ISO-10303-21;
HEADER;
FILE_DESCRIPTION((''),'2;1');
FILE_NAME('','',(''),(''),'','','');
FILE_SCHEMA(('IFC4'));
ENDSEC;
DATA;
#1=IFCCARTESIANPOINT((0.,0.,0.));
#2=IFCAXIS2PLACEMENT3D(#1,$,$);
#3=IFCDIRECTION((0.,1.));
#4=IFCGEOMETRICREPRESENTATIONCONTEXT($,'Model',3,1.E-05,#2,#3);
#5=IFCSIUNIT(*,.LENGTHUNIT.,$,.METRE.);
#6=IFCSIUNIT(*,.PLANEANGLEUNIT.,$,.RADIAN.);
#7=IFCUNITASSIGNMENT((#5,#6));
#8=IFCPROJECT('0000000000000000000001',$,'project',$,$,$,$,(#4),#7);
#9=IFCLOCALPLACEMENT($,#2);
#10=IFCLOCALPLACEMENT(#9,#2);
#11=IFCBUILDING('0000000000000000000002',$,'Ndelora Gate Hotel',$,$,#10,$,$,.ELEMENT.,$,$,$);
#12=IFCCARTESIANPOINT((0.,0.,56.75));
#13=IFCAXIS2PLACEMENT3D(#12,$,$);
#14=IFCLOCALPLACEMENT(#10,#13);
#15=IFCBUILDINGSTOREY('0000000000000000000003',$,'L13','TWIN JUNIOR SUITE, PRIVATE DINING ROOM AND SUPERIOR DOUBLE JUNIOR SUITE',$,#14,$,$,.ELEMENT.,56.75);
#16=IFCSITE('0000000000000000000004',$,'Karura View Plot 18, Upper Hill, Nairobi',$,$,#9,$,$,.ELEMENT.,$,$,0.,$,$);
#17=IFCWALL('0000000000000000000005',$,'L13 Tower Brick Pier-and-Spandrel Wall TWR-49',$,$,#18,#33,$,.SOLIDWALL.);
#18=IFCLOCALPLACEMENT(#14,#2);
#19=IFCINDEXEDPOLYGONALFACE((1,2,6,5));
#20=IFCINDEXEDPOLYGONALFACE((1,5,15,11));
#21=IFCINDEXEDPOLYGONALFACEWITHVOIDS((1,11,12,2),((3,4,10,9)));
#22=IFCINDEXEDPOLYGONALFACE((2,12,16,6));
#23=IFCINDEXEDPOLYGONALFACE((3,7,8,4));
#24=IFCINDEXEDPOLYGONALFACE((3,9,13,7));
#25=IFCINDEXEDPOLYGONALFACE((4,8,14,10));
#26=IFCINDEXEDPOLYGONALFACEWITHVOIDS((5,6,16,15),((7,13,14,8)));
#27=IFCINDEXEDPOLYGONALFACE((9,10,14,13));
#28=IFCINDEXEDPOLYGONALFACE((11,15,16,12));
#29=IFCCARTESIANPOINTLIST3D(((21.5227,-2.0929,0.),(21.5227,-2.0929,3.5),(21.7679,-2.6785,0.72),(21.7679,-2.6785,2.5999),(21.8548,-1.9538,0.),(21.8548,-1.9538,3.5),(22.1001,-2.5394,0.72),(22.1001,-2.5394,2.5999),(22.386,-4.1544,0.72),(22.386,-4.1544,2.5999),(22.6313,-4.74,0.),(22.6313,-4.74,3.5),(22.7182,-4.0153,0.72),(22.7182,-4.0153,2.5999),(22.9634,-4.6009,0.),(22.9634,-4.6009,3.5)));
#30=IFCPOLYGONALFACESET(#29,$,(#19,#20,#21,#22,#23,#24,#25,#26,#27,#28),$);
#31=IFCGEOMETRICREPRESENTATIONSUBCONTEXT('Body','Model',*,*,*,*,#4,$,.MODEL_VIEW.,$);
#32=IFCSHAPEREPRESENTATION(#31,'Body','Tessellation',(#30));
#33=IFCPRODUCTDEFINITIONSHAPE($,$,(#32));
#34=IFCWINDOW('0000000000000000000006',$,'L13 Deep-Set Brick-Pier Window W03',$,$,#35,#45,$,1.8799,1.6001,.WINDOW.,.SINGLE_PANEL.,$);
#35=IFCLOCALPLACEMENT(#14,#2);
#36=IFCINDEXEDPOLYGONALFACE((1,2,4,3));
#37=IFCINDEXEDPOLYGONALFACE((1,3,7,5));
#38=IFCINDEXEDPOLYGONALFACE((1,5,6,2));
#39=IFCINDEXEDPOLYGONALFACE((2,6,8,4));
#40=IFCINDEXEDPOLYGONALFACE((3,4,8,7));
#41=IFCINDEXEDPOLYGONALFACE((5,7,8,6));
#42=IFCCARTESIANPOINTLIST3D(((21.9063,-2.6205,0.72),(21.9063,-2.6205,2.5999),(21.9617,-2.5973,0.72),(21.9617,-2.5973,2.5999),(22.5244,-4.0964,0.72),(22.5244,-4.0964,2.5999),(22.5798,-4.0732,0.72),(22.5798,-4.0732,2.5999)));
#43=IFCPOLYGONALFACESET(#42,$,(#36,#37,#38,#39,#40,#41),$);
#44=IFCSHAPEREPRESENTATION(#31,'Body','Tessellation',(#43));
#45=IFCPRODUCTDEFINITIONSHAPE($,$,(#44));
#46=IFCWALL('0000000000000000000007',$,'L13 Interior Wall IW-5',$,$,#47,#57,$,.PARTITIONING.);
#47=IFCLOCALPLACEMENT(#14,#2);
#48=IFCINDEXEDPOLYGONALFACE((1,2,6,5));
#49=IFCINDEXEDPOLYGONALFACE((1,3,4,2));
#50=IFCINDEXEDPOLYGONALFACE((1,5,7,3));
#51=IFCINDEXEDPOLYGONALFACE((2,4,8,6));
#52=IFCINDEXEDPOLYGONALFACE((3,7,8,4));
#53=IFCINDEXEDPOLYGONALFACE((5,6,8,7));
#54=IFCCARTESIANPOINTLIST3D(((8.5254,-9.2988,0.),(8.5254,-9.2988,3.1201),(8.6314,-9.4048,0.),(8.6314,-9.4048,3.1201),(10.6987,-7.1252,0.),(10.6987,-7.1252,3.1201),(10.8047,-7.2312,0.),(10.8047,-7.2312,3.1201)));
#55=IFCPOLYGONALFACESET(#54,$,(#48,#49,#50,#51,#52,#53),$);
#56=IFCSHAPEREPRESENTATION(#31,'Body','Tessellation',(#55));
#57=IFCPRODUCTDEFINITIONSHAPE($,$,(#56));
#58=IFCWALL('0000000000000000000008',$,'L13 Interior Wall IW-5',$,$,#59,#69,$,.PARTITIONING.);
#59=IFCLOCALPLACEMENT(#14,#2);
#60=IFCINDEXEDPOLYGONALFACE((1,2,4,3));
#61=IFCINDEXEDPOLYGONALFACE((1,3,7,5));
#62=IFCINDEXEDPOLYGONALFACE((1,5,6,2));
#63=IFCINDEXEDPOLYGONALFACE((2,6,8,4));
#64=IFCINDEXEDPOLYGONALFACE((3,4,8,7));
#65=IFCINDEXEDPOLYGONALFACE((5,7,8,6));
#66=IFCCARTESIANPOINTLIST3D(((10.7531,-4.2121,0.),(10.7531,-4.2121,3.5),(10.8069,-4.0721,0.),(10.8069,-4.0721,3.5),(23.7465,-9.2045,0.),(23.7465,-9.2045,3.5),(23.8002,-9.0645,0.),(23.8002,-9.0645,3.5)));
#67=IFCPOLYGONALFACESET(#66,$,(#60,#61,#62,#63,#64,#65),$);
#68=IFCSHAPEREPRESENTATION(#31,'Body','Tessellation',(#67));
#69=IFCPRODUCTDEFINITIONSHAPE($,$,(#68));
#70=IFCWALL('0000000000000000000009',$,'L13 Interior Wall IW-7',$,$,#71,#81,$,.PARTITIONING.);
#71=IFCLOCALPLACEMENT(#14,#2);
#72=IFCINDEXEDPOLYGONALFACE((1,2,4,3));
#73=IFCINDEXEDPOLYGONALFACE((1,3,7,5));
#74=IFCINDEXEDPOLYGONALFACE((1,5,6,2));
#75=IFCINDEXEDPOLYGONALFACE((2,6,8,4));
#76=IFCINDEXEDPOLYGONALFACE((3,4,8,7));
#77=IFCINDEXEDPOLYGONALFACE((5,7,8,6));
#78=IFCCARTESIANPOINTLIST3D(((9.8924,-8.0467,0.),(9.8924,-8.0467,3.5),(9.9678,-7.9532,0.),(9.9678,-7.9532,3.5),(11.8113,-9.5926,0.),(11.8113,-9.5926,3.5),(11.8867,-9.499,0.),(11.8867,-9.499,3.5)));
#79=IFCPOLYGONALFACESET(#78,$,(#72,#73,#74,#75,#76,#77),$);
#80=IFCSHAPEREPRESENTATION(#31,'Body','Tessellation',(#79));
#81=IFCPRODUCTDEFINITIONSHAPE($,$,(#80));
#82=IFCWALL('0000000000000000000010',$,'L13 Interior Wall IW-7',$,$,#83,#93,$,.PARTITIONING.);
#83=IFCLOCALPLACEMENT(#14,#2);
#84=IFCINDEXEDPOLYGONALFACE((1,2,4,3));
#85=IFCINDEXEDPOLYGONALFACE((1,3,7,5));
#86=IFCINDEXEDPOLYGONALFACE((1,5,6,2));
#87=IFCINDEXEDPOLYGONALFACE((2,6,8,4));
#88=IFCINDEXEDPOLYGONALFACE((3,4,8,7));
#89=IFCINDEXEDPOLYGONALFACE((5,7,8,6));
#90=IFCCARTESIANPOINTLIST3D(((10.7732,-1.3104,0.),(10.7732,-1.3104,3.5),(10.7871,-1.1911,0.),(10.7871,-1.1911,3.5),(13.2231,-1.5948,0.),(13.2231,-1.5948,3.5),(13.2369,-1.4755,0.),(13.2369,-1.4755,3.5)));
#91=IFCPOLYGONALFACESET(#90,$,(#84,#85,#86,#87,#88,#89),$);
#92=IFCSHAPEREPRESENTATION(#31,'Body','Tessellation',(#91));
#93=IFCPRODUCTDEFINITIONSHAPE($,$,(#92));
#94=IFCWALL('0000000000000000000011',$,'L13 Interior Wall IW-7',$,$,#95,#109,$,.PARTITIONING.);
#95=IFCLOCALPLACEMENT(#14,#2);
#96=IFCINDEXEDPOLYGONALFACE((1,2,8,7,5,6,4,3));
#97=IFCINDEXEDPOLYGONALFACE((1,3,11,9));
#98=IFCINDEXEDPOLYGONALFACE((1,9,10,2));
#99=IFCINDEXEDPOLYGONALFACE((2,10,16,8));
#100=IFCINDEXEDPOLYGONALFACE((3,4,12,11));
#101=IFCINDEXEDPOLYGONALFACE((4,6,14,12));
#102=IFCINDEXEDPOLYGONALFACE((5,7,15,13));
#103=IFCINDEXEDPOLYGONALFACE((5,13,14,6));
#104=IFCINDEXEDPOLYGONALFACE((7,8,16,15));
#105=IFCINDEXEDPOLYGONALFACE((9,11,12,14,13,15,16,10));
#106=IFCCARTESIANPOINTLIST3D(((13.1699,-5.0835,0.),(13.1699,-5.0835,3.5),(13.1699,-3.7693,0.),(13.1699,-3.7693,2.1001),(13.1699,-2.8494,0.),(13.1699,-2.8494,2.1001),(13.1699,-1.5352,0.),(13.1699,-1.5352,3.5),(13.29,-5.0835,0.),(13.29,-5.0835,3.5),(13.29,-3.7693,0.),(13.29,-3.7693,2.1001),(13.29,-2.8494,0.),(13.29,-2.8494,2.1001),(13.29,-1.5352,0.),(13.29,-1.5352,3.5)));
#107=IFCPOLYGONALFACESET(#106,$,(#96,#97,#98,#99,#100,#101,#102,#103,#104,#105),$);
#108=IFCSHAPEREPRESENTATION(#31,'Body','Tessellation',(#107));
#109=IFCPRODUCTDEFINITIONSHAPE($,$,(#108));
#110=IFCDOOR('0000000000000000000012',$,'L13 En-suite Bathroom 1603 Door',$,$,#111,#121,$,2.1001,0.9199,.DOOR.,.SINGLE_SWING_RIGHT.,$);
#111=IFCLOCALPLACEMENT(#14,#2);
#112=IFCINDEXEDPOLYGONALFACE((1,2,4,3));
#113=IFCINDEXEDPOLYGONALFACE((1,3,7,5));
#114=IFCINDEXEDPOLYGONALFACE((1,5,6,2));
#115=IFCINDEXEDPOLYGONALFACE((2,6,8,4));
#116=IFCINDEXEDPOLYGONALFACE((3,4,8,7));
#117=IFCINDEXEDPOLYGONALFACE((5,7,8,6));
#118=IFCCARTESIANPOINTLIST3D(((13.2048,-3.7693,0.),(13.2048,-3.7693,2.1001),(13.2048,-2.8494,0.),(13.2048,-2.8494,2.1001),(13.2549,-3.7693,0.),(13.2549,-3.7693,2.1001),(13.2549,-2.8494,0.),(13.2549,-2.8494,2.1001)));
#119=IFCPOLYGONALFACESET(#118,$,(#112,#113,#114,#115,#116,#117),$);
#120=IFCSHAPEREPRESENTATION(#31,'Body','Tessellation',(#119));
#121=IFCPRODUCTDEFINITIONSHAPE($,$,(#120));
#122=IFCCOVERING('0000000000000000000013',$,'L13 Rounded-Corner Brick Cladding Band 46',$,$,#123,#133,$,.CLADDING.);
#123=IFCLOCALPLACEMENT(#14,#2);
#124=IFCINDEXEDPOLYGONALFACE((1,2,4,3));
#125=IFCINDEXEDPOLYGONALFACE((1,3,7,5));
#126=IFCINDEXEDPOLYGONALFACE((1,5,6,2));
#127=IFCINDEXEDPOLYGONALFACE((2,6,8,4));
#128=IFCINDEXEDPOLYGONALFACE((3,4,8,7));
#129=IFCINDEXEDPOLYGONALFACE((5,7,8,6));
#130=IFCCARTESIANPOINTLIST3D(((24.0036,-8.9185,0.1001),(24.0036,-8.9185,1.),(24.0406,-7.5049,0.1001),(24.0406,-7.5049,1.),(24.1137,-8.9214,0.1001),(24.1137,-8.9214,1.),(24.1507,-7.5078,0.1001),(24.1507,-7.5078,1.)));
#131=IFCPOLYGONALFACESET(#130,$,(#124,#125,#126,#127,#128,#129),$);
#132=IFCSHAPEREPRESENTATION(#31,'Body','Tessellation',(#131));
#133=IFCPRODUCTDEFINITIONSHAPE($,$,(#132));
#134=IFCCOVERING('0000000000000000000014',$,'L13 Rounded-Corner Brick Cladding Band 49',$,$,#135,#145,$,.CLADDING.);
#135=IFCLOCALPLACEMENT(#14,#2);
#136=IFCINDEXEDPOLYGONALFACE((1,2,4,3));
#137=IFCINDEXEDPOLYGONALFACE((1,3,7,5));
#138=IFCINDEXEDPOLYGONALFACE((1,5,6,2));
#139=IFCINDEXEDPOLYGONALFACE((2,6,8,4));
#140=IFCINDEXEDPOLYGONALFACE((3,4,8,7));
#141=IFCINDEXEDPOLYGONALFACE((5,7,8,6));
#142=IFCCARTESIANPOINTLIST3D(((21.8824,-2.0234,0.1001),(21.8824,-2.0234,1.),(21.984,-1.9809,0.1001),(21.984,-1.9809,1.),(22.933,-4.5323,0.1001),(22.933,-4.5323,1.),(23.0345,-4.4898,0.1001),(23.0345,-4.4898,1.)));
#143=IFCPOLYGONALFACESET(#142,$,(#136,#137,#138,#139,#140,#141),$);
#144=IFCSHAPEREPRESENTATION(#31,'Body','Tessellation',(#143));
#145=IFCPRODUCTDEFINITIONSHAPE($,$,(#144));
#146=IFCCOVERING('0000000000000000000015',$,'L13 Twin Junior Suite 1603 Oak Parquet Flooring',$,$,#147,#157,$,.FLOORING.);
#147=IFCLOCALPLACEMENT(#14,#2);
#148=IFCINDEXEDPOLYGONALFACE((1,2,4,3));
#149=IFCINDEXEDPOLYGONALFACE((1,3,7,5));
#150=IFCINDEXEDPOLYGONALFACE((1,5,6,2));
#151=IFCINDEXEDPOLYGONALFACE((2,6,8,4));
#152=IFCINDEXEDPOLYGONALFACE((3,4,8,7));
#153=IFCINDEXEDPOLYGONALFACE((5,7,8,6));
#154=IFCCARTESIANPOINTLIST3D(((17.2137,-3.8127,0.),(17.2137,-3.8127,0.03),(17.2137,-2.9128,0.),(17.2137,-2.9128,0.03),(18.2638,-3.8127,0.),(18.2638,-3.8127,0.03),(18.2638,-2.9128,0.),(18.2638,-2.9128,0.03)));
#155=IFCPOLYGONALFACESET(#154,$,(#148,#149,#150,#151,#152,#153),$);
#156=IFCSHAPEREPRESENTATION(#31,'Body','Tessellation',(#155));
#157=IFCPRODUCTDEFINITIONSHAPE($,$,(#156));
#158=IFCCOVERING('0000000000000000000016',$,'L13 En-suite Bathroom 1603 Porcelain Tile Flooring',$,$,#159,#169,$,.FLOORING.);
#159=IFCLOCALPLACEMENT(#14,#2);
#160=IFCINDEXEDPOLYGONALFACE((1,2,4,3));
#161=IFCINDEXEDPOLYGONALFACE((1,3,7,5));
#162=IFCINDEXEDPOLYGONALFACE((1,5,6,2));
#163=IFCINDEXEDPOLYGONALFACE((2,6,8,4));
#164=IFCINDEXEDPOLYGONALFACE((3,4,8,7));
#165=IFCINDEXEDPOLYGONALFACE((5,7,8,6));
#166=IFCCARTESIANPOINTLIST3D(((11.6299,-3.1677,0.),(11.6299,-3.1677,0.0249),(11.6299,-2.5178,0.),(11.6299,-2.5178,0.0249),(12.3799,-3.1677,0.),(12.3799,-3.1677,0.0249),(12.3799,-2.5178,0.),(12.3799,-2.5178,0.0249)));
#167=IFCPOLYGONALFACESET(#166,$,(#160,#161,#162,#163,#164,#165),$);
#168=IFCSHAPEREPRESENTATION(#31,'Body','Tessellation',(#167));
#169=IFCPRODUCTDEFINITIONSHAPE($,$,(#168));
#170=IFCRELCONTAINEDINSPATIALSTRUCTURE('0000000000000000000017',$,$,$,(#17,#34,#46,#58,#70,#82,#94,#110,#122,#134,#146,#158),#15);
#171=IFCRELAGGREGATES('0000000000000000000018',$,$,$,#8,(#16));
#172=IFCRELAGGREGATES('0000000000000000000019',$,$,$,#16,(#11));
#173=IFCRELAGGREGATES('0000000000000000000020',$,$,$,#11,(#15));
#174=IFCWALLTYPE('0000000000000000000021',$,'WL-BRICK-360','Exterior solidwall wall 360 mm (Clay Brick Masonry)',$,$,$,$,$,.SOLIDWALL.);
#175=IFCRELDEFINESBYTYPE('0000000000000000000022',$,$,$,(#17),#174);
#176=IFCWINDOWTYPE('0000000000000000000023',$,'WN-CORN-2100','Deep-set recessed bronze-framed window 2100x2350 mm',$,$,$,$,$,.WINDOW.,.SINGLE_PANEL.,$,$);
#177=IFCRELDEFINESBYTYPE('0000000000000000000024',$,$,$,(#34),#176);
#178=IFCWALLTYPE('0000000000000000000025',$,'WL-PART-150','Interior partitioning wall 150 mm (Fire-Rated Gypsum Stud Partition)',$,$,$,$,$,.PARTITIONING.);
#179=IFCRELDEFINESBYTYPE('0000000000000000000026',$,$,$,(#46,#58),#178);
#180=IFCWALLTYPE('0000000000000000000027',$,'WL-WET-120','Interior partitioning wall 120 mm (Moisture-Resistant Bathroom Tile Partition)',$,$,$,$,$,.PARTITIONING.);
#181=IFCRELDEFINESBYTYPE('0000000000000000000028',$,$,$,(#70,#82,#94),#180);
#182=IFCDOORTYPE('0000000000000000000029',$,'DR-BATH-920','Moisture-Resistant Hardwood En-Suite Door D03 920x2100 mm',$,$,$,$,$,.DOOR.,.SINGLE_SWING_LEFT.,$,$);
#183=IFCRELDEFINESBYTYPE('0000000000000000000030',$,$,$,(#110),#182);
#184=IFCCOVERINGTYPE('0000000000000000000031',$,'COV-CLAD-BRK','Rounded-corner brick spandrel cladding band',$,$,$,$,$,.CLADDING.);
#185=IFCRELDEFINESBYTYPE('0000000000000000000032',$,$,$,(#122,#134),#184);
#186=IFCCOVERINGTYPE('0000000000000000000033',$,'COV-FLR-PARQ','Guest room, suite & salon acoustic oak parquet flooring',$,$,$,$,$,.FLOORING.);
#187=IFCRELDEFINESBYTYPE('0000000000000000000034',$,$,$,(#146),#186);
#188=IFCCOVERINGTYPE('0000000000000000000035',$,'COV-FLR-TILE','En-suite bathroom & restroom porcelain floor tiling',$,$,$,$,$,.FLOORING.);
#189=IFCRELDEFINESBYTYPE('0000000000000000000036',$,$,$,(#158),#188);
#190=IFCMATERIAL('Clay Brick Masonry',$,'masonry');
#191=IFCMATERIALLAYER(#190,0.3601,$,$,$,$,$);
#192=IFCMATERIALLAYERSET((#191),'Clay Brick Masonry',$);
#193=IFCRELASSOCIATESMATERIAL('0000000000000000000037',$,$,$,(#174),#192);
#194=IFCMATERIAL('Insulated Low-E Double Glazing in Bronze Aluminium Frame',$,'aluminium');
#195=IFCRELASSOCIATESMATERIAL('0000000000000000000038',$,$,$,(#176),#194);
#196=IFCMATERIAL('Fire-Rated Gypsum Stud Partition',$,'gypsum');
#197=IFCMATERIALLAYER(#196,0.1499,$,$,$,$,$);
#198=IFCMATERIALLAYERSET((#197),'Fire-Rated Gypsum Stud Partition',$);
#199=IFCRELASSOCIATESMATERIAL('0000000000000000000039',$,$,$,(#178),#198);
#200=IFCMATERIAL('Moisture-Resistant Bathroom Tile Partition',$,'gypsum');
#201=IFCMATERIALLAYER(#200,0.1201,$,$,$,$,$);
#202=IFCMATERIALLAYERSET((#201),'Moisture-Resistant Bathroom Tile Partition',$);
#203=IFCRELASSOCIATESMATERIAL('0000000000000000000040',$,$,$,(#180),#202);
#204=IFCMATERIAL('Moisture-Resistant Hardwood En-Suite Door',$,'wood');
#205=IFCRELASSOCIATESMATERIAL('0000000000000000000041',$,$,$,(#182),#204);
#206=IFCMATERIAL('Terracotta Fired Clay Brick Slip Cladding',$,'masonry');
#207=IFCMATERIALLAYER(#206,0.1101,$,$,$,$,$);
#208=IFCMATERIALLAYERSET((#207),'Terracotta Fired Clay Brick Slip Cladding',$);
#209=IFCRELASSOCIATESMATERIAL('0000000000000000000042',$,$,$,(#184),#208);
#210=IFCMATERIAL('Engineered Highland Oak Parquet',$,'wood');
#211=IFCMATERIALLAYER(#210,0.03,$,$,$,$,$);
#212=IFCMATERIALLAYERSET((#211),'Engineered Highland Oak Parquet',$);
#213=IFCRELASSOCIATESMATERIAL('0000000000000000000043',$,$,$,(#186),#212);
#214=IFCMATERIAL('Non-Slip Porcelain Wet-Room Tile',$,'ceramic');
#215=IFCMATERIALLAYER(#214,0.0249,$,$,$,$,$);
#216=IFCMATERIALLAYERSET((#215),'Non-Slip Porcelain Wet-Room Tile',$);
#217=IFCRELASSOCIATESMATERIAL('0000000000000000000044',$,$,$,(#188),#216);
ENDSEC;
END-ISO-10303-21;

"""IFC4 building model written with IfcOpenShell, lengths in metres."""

from ifc_helpers import new_model, si_unit, direction, frame, frame_2d, origin, origin_2d, place, context, subcontext, project, spatial, rectangle, extrude, material, layer, layer_set, type_object, element, fill, save


model = new_model("IFC4")

# Units and contexts
model_context = context("Model", 3, precision=1e-05, world=origin(), true_north=direction((0.0, 1.0)))
body_context = subcontext(model_context, "Body", "Model", "MODEL_VIEW")
ifc_project = project(units=[si_unit("LENGTHUNIT", "METRE"), si_unit("PLANEANGLEUNIT", "RADIAN")], contexts=[model_context])

# Site, building, storey
site_placement = place(None, origin())
site = spatial("IfcSite", under=ifc_project, at=site_placement, Name="Karura View Plot 18, Upper Hill, Nairobi", CompositionType="ELEMENT", RefElevation=0.0)
building_placement = place(site_placement, origin())
building = spatial("IfcBuilding", under=site, at=building_placement, Name="Ndelora Gate Hotel", CompositionType="ELEMENT")
storey_placement = place(building_placement, frame((0.0, 0.0, 56.75)))
storey = spatial("IfcBuildingStorey", under=building, at=storey_placement, Name="L13", Description="TWIN JUNIOR SUITE, PRIVATE DINING ROOM AND SUPERIOR DOUBLE JUNIOR SUITE", CompositionType="ELEMENT", Elevation=56.75)

# Shared definitions
ifc_material_1 = material(Name="Clay Brick Masonry", Category="masonry")
ifc_layer_1 = layer(ifc_material_1, 0.3601)
ifc_layer_set_1 = layer_set([ifc_layer_1], Name="Clay Brick Masonry")
wall_type_1 = type_object("IfcWallType", Name="WL-BRICK-360", Description="Exterior solidwall wall 360 mm (Clay Brick Masonry)", PredefinedType="SOLIDWALL", material=ifc_layer_set_1)

# Wall, opening, window
wall_1_placement = place(storey_placement, frame((21.6887, -2.0232, 0.0), z_axis=(0.0, 0.0, 1.0), x_axis=(0.386288, -0.922378, 0.0)))
wall_1 = element("IfcWall", 1, at=wall_1_placement, inside=storey, type_object=wall_type_1, Name="L13 Tower Brick Pier-and-Spandrel Wall TWR-49", PredefinedType="SOLIDWALL", context=body_context, shape_type="SweptSolid", body=[
    extrude(rectangle(XDim=2.8699, YDim=0.3601, at=frame_2d((1.4351, 0.0))), origin(), (0.0, 0.0, 1.0), 3.5),
])
opening_1_placement = place(wall_1_placement, frame((0.635, 0.0, 0.72)))
opening_1 = element("IfcOpeningElement", 2, at=opening_1_placement, cuts=wall_1, PredefinedType="OPENING", context=body_context, shape_type="SweptSolid", body=[
    extrude(rectangle(XDim=1.6001, YDim=1.8799, at=frame_2d((0.8, 0.9399))), frame((0.0, 0.1899, 0.0), z_axis=(0.0, -1.0, 0.0), x_axis=(1.0, 0.0, 0.0)), (0.0, 0.0, 1.0), 0.3801),
])
ifc_material_2 = material(Name="Insulated Low-E Double Glazing in Bronze Aluminium Frame", Category="aluminium")
window_type = type_object("IfcWindowType", Name="WN-CORN-2100", Description="Deep-set recessed bronze-framed window 2100x2350 mm", PartitioningType="SINGLE_PANEL", PredefinedType="WINDOW", material=ifc_material_2)
window_placement = place(opening_1_placement, origin())
window = element("IfcWindow", 3, at=window_placement, inside=storey, type_object=window_type, Name="L13 Deep-Set Brick-Pier Window W03", OverallHeight=1.8799, OverallWidth=1.6001, PartitioningType="SINGLE_PANEL", PredefinedType="WINDOW", context=body_context, shape_type="SweptSolid", body=[
    extrude(rectangle(XDim=1.6001, YDim=1.8799, at=frame_2d((0.8, 0.9399))), frame((0.0, 0.03, 0.0), z_axis=(0.0, -1.0, 0.0), x_axis=(1.0, 0.0, 0.0)), (0.0, 0.0, 1.0), 0.0601),
])
fill(opening_1, window)

# Walls
ifc_material_3 = material(Name="Fire-Rated Gypsum Stud Partition", Category="gypsum")
ifc_layer_2 = layer(ifc_material_3, 0.1499)
ifc_layer_set_2 = layer_set([ifc_layer_2], Name="Fire-Rated Gypsum Stud Partition")
wall_type_2 = type_object("IfcWallType", Name="WL-PART-150", Description="Interior partitioning wall 150 mm (Fire-Rated Gypsum Stud Partition)", PredefinedType="PARTITIONING", material=ifc_layer_set_2)
wall_2_placement = place(storey_placement, frame((10.7517, -7.1782, 0.0), z_axis=(0.0, 0.0, 1.0), x_axis=(-0.707067, -0.707146, 0.0)))
element("IfcWall", 4, at=wall_2_placement, inside=storey, type_object=wall_type_2, Name="L13 Interior Wall IW-5", PredefinedType="PARTITIONING", context=body_context, shape_type="SweptSolid", body=[
    extrude(rectangle(XDim=3.0737, YDim=0.1499, at=frame_2d((1.5369, 0.0))), origin(), (0.0, 0.0, 1.0), 3.1201),
])
wall_3_placement = place(storey_placement, frame((10.78, -4.1421, 0.0), z_axis=(0.0, 0.0, 1.0), x_axis=(0.933467, -0.358664, 0.0)))
element("IfcWall", 5, at=wall_3_placement, inside=storey, type_object=wall_type_2, Name="L13 Interior Wall IW-5", PredefinedType="PARTITIONING", context=body_context, shape_type="SweptSolid", body=[
    extrude(rectangle(XDim=13.9194, YDim=0.1499, at=frame_2d((6.9597, 0.0))), origin(), (0.0, 0.0, 1.0), 3.5),
])
ifc_material_4 = material(Name="Moisture-Resistant Bathroom Tile Partition", Category="gypsum")
ifc_layer_3 = layer(ifc_material_4, 0.1201)
ifc_layer_set_3 = layer_set([ifc_layer_3], Name="Moisture-Resistant Bathroom Tile Partition")
wall_type_3 = type_object("IfcWallType", Name="WL-WET-120", Description="Interior partitioning wall 120 mm (Moisture-Resistant Bathroom Tile Partition)", PredefinedType="PARTITIONING", material=ifc_layer_set_3)
wall_4_placement = place(storey_placement, frame((9.9302, -8.0, 0.0), z_axis=(0.0, 0.0, 1.0), x_axis=(0.778738, -0.62735, 0.0)))
element("IfcWall", 6, at=wall_4_placement, inside=storey, type_object=wall_type_3, Name="L13 Interior Wall IW-7", PredefinedType="PARTITIONING", context=body_context, shape_type="SweptSolid", body=[
    extrude(rectangle(XDim=2.4641, YDim=0.1201, at=frame_2d((1.2319, 0.0))), origin(), (0.0, 0.0, 1.0), 3.5),
])
wall_5_placement = place(storey_placement, frame((13.23, -1.5352, 0.0), z_axis=(0.0, 0.0, 1.0), x_axis=(-0.993328, 0.115319, 0.0)))
element("IfcWall", 7, at=wall_5_placement, inside=storey, type_object=wall_type_3, Name="L13 Interior Wall IW-7", PredefinedType="PARTITIONING", context=body_context, shape_type="SweptSolid", body=[
    extrude(rectangle(XDim=2.4663, YDim=0.1201, at=frame_2d((1.2332, 0.0))), origin(), (0.0, 0.0, 1.0), 3.5),
])

# Wall, opening, door
wall_6_placement = place(storey_placement, frame((13.23, -1.5352, 0.0), z_axis=(0.0, 0.0, 1.0), x_axis=(0.0, -1.0, 0.0)))
wall_6 = element("IfcWall", 8, at=wall_6_placement, inside=storey, type_object=wall_type_3, Name="L13 Interior Wall IW-7", PredefinedType="PARTITIONING", context=body_context, shape_type="SweptSolid", body=[
    extrude(rectangle(XDim=3.5483, YDim=0.1201, at=frame_2d((1.7742, 0.0))), origin(), (0.0, 0.0, 1.0), 3.5),
])
opening_2_placement = place(wall_6_placement, frame((1.3142, 0.0, 0.0)))
opening_2 = element("IfcOpeningElement", 9, at=opening_2_placement, cuts=wall_6, PredefinedType="OPENING", context=body_context, shape_type="SweptSolid", body=[
    extrude(rectangle(XDim=0.9199, YDim=2.1001, at=frame_2d((0.46, 1.05))), frame((0.0, 0.0701, 0.0), z_axis=(0.0, -1.0, 0.0), x_axis=(1.0, 0.0, 0.0)), (0.0, 0.0, 1.0), 0.1401),
])
ifc_material_5 = material(Name="Moisture-Resistant Hardwood En-Suite Door", Category="wood")
door_type = type_object("IfcDoorType", Name="DR-BATH-920", Description="Moisture-Resistant Hardwood En-Suite Door D03 920x2100 mm", OperationType="SINGLE_SWING_LEFT", PredefinedType="DOOR", material=ifc_material_5)
door_placement = place(opening_2_placement, origin())
door = element("IfcDoor", 10, at=door_placement, inside=storey, type_object=door_type, Name="L13 En-suite Bathroom 1603 Door", OperationType="SINGLE_SWING_RIGHT", OverallHeight=2.1001, OverallWidth=0.9199, PredefinedType="DOOR", context=body_context, shape_type="SweptSolid", body=[
    extrude(rectangle(XDim=0.9199, YDim=2.1001, at=frame_2d((0.46, 1.05))), frame((0.0, 0.0249, 0.0), z_axis=(0.0, -1.0, 0.0), x_axis=(1.0, 0.0, 0.0)), (0.0, 0.0, 1.0), 0.05),
])
fill(opening_2, door)

# Coverings
ifc_material_6 = material(Name="Terracotta Fired Clay Brick Slip Cladding", Category="masonry")
ifc_layer_4 = layer(ifc_material_6, 0.1101)
ifc_layer_set_4 = layer_set([ifc_layer_4], Name="Terracotta Fired Clay Brick Slip Cladding")
covering_type_1 = type_object("IfcCoveringType", Name="COV-CLAD-BRK", Description="Rounded-corner brick spandrel cladding band", PredefinedType="CLADDING", material=ifc_layer_set_4)
covering_1_placement = place(storey_placement, frame((24.0771, -8.2131, 0.1001), z_axis=(0.0, 0.0, 1.0), x_axis=(0.026177, 0.999657, 0.0)))
element("IfcCovering", 11, at=covering_1_placement, inside=storey, type_object=covering_type_1, Name="L13 Rounded-Corner Brick Cladding Band 46", PredefinedType="CLADDING", context=body_context, shape_type="SweptSolid", body=[
    extrude(rectangle(XDim=1.4141, YDim=0.1101, at=origin_2d()), origin(), (0.0, 0.0, 1.0), 0.8999),
])
covering_2_placement = place(storey_placement, frame((22.4585, -3.2566, 0.1001), z_axis=(0.0, 0.0, 1.0), x_axis=(-0.386228, 0.922403, 0.0)))
element("IfcCovering", 12, at=covering_2_placement, inside=storey, type_object=covering_type_1, Name="L13 Rounded-Corner Brick Cladding Band 49", PredefinedType="CLADDING", context=body_context, shape_type="SweptSolid", body=[
    extrude(rectangle(XDim=2.72, YDim=0.1101, at=origin_2d()), origin(), (0.0, 0.0, 1.0), 0.8999),
])
ifc_material_7 = material(Name="Engineered Highland Oak Parquet", Category="wood")
ifc_layer_5 = layer(ifc_material_7, 0.03)
ifc_layer_set_5 = layer_set([ifc_layer_5], Name="Engineered Highland Oak Parquet")
covering_type_2 = type_object("IfcCoveringType", Name="COV-FLR-PARQ", Description="Guest room, suite & salon acoustic oak parquet flooring", PredefinedType="FLOORING", material=ifc_layer_set_5)
covering_3_placement = place(storey_placement, frame((17.7388, -3.3628, 0.0), z_axis=(0.0, 0.0, 1.0), x_axis=(1.0, 0.0, 0.0)))
element("IfcCovering", 13, at=covering_3_placement, inside=storey, type_object=covering_type_2, Name="L13 Twin Junior Suite 1603 Oak Parquet Flooring", PredefinedType="FLOORING", context=body_context, shape_type="SweptSolid", body=[
    extrude(rectangle(XDim=1.05, YDim=0.8999, at=origin_2d()), origin(), (0.0, 0.0, 1.0), 0.03),
])
ifc_material_8 = material(Name="Non-Slip Porcelain Wet-Room Tile", Category="ceramic")
ifc_layer_6 = layer(ifc_material_8, 0.0249)
ifc_layer_set_6 = layer_set([ifc_layer_6], Name="Non-Slip Porcelain Wet-Room Tile")
covering_type_3 = type_object("IfcCoveringType", Name="COV-FLR-TILE", Description="En-suite bathroom & restroom porcelain floor tiling", PredefinedType="FLOORING", material=ifc_layer_set_6)
covering_4_placement = place(storey_placement, frame((12.0049, -2.8428, 0.0), z_axis=(0.0, 0.0, 1.0), x_axis=(1.0, 0.0, 0.0)))
element("IfcCovering", 14, at=covering_4_placement, inside=storey, type_object=covering_type_3, Name="L13 En-suite Bathroom 1603 Porcelain Tile Flooring", PredefinedType="FLOORING", context=body_context, shape_type="SweptSolid", body=[
    extrude(rectangle(XDim=0.75, YDim=0.6499, at=origin_2d()), origin(), (0.0, 0.0, 1.0), 0.0249),
])

save(model, "model.ifc")
